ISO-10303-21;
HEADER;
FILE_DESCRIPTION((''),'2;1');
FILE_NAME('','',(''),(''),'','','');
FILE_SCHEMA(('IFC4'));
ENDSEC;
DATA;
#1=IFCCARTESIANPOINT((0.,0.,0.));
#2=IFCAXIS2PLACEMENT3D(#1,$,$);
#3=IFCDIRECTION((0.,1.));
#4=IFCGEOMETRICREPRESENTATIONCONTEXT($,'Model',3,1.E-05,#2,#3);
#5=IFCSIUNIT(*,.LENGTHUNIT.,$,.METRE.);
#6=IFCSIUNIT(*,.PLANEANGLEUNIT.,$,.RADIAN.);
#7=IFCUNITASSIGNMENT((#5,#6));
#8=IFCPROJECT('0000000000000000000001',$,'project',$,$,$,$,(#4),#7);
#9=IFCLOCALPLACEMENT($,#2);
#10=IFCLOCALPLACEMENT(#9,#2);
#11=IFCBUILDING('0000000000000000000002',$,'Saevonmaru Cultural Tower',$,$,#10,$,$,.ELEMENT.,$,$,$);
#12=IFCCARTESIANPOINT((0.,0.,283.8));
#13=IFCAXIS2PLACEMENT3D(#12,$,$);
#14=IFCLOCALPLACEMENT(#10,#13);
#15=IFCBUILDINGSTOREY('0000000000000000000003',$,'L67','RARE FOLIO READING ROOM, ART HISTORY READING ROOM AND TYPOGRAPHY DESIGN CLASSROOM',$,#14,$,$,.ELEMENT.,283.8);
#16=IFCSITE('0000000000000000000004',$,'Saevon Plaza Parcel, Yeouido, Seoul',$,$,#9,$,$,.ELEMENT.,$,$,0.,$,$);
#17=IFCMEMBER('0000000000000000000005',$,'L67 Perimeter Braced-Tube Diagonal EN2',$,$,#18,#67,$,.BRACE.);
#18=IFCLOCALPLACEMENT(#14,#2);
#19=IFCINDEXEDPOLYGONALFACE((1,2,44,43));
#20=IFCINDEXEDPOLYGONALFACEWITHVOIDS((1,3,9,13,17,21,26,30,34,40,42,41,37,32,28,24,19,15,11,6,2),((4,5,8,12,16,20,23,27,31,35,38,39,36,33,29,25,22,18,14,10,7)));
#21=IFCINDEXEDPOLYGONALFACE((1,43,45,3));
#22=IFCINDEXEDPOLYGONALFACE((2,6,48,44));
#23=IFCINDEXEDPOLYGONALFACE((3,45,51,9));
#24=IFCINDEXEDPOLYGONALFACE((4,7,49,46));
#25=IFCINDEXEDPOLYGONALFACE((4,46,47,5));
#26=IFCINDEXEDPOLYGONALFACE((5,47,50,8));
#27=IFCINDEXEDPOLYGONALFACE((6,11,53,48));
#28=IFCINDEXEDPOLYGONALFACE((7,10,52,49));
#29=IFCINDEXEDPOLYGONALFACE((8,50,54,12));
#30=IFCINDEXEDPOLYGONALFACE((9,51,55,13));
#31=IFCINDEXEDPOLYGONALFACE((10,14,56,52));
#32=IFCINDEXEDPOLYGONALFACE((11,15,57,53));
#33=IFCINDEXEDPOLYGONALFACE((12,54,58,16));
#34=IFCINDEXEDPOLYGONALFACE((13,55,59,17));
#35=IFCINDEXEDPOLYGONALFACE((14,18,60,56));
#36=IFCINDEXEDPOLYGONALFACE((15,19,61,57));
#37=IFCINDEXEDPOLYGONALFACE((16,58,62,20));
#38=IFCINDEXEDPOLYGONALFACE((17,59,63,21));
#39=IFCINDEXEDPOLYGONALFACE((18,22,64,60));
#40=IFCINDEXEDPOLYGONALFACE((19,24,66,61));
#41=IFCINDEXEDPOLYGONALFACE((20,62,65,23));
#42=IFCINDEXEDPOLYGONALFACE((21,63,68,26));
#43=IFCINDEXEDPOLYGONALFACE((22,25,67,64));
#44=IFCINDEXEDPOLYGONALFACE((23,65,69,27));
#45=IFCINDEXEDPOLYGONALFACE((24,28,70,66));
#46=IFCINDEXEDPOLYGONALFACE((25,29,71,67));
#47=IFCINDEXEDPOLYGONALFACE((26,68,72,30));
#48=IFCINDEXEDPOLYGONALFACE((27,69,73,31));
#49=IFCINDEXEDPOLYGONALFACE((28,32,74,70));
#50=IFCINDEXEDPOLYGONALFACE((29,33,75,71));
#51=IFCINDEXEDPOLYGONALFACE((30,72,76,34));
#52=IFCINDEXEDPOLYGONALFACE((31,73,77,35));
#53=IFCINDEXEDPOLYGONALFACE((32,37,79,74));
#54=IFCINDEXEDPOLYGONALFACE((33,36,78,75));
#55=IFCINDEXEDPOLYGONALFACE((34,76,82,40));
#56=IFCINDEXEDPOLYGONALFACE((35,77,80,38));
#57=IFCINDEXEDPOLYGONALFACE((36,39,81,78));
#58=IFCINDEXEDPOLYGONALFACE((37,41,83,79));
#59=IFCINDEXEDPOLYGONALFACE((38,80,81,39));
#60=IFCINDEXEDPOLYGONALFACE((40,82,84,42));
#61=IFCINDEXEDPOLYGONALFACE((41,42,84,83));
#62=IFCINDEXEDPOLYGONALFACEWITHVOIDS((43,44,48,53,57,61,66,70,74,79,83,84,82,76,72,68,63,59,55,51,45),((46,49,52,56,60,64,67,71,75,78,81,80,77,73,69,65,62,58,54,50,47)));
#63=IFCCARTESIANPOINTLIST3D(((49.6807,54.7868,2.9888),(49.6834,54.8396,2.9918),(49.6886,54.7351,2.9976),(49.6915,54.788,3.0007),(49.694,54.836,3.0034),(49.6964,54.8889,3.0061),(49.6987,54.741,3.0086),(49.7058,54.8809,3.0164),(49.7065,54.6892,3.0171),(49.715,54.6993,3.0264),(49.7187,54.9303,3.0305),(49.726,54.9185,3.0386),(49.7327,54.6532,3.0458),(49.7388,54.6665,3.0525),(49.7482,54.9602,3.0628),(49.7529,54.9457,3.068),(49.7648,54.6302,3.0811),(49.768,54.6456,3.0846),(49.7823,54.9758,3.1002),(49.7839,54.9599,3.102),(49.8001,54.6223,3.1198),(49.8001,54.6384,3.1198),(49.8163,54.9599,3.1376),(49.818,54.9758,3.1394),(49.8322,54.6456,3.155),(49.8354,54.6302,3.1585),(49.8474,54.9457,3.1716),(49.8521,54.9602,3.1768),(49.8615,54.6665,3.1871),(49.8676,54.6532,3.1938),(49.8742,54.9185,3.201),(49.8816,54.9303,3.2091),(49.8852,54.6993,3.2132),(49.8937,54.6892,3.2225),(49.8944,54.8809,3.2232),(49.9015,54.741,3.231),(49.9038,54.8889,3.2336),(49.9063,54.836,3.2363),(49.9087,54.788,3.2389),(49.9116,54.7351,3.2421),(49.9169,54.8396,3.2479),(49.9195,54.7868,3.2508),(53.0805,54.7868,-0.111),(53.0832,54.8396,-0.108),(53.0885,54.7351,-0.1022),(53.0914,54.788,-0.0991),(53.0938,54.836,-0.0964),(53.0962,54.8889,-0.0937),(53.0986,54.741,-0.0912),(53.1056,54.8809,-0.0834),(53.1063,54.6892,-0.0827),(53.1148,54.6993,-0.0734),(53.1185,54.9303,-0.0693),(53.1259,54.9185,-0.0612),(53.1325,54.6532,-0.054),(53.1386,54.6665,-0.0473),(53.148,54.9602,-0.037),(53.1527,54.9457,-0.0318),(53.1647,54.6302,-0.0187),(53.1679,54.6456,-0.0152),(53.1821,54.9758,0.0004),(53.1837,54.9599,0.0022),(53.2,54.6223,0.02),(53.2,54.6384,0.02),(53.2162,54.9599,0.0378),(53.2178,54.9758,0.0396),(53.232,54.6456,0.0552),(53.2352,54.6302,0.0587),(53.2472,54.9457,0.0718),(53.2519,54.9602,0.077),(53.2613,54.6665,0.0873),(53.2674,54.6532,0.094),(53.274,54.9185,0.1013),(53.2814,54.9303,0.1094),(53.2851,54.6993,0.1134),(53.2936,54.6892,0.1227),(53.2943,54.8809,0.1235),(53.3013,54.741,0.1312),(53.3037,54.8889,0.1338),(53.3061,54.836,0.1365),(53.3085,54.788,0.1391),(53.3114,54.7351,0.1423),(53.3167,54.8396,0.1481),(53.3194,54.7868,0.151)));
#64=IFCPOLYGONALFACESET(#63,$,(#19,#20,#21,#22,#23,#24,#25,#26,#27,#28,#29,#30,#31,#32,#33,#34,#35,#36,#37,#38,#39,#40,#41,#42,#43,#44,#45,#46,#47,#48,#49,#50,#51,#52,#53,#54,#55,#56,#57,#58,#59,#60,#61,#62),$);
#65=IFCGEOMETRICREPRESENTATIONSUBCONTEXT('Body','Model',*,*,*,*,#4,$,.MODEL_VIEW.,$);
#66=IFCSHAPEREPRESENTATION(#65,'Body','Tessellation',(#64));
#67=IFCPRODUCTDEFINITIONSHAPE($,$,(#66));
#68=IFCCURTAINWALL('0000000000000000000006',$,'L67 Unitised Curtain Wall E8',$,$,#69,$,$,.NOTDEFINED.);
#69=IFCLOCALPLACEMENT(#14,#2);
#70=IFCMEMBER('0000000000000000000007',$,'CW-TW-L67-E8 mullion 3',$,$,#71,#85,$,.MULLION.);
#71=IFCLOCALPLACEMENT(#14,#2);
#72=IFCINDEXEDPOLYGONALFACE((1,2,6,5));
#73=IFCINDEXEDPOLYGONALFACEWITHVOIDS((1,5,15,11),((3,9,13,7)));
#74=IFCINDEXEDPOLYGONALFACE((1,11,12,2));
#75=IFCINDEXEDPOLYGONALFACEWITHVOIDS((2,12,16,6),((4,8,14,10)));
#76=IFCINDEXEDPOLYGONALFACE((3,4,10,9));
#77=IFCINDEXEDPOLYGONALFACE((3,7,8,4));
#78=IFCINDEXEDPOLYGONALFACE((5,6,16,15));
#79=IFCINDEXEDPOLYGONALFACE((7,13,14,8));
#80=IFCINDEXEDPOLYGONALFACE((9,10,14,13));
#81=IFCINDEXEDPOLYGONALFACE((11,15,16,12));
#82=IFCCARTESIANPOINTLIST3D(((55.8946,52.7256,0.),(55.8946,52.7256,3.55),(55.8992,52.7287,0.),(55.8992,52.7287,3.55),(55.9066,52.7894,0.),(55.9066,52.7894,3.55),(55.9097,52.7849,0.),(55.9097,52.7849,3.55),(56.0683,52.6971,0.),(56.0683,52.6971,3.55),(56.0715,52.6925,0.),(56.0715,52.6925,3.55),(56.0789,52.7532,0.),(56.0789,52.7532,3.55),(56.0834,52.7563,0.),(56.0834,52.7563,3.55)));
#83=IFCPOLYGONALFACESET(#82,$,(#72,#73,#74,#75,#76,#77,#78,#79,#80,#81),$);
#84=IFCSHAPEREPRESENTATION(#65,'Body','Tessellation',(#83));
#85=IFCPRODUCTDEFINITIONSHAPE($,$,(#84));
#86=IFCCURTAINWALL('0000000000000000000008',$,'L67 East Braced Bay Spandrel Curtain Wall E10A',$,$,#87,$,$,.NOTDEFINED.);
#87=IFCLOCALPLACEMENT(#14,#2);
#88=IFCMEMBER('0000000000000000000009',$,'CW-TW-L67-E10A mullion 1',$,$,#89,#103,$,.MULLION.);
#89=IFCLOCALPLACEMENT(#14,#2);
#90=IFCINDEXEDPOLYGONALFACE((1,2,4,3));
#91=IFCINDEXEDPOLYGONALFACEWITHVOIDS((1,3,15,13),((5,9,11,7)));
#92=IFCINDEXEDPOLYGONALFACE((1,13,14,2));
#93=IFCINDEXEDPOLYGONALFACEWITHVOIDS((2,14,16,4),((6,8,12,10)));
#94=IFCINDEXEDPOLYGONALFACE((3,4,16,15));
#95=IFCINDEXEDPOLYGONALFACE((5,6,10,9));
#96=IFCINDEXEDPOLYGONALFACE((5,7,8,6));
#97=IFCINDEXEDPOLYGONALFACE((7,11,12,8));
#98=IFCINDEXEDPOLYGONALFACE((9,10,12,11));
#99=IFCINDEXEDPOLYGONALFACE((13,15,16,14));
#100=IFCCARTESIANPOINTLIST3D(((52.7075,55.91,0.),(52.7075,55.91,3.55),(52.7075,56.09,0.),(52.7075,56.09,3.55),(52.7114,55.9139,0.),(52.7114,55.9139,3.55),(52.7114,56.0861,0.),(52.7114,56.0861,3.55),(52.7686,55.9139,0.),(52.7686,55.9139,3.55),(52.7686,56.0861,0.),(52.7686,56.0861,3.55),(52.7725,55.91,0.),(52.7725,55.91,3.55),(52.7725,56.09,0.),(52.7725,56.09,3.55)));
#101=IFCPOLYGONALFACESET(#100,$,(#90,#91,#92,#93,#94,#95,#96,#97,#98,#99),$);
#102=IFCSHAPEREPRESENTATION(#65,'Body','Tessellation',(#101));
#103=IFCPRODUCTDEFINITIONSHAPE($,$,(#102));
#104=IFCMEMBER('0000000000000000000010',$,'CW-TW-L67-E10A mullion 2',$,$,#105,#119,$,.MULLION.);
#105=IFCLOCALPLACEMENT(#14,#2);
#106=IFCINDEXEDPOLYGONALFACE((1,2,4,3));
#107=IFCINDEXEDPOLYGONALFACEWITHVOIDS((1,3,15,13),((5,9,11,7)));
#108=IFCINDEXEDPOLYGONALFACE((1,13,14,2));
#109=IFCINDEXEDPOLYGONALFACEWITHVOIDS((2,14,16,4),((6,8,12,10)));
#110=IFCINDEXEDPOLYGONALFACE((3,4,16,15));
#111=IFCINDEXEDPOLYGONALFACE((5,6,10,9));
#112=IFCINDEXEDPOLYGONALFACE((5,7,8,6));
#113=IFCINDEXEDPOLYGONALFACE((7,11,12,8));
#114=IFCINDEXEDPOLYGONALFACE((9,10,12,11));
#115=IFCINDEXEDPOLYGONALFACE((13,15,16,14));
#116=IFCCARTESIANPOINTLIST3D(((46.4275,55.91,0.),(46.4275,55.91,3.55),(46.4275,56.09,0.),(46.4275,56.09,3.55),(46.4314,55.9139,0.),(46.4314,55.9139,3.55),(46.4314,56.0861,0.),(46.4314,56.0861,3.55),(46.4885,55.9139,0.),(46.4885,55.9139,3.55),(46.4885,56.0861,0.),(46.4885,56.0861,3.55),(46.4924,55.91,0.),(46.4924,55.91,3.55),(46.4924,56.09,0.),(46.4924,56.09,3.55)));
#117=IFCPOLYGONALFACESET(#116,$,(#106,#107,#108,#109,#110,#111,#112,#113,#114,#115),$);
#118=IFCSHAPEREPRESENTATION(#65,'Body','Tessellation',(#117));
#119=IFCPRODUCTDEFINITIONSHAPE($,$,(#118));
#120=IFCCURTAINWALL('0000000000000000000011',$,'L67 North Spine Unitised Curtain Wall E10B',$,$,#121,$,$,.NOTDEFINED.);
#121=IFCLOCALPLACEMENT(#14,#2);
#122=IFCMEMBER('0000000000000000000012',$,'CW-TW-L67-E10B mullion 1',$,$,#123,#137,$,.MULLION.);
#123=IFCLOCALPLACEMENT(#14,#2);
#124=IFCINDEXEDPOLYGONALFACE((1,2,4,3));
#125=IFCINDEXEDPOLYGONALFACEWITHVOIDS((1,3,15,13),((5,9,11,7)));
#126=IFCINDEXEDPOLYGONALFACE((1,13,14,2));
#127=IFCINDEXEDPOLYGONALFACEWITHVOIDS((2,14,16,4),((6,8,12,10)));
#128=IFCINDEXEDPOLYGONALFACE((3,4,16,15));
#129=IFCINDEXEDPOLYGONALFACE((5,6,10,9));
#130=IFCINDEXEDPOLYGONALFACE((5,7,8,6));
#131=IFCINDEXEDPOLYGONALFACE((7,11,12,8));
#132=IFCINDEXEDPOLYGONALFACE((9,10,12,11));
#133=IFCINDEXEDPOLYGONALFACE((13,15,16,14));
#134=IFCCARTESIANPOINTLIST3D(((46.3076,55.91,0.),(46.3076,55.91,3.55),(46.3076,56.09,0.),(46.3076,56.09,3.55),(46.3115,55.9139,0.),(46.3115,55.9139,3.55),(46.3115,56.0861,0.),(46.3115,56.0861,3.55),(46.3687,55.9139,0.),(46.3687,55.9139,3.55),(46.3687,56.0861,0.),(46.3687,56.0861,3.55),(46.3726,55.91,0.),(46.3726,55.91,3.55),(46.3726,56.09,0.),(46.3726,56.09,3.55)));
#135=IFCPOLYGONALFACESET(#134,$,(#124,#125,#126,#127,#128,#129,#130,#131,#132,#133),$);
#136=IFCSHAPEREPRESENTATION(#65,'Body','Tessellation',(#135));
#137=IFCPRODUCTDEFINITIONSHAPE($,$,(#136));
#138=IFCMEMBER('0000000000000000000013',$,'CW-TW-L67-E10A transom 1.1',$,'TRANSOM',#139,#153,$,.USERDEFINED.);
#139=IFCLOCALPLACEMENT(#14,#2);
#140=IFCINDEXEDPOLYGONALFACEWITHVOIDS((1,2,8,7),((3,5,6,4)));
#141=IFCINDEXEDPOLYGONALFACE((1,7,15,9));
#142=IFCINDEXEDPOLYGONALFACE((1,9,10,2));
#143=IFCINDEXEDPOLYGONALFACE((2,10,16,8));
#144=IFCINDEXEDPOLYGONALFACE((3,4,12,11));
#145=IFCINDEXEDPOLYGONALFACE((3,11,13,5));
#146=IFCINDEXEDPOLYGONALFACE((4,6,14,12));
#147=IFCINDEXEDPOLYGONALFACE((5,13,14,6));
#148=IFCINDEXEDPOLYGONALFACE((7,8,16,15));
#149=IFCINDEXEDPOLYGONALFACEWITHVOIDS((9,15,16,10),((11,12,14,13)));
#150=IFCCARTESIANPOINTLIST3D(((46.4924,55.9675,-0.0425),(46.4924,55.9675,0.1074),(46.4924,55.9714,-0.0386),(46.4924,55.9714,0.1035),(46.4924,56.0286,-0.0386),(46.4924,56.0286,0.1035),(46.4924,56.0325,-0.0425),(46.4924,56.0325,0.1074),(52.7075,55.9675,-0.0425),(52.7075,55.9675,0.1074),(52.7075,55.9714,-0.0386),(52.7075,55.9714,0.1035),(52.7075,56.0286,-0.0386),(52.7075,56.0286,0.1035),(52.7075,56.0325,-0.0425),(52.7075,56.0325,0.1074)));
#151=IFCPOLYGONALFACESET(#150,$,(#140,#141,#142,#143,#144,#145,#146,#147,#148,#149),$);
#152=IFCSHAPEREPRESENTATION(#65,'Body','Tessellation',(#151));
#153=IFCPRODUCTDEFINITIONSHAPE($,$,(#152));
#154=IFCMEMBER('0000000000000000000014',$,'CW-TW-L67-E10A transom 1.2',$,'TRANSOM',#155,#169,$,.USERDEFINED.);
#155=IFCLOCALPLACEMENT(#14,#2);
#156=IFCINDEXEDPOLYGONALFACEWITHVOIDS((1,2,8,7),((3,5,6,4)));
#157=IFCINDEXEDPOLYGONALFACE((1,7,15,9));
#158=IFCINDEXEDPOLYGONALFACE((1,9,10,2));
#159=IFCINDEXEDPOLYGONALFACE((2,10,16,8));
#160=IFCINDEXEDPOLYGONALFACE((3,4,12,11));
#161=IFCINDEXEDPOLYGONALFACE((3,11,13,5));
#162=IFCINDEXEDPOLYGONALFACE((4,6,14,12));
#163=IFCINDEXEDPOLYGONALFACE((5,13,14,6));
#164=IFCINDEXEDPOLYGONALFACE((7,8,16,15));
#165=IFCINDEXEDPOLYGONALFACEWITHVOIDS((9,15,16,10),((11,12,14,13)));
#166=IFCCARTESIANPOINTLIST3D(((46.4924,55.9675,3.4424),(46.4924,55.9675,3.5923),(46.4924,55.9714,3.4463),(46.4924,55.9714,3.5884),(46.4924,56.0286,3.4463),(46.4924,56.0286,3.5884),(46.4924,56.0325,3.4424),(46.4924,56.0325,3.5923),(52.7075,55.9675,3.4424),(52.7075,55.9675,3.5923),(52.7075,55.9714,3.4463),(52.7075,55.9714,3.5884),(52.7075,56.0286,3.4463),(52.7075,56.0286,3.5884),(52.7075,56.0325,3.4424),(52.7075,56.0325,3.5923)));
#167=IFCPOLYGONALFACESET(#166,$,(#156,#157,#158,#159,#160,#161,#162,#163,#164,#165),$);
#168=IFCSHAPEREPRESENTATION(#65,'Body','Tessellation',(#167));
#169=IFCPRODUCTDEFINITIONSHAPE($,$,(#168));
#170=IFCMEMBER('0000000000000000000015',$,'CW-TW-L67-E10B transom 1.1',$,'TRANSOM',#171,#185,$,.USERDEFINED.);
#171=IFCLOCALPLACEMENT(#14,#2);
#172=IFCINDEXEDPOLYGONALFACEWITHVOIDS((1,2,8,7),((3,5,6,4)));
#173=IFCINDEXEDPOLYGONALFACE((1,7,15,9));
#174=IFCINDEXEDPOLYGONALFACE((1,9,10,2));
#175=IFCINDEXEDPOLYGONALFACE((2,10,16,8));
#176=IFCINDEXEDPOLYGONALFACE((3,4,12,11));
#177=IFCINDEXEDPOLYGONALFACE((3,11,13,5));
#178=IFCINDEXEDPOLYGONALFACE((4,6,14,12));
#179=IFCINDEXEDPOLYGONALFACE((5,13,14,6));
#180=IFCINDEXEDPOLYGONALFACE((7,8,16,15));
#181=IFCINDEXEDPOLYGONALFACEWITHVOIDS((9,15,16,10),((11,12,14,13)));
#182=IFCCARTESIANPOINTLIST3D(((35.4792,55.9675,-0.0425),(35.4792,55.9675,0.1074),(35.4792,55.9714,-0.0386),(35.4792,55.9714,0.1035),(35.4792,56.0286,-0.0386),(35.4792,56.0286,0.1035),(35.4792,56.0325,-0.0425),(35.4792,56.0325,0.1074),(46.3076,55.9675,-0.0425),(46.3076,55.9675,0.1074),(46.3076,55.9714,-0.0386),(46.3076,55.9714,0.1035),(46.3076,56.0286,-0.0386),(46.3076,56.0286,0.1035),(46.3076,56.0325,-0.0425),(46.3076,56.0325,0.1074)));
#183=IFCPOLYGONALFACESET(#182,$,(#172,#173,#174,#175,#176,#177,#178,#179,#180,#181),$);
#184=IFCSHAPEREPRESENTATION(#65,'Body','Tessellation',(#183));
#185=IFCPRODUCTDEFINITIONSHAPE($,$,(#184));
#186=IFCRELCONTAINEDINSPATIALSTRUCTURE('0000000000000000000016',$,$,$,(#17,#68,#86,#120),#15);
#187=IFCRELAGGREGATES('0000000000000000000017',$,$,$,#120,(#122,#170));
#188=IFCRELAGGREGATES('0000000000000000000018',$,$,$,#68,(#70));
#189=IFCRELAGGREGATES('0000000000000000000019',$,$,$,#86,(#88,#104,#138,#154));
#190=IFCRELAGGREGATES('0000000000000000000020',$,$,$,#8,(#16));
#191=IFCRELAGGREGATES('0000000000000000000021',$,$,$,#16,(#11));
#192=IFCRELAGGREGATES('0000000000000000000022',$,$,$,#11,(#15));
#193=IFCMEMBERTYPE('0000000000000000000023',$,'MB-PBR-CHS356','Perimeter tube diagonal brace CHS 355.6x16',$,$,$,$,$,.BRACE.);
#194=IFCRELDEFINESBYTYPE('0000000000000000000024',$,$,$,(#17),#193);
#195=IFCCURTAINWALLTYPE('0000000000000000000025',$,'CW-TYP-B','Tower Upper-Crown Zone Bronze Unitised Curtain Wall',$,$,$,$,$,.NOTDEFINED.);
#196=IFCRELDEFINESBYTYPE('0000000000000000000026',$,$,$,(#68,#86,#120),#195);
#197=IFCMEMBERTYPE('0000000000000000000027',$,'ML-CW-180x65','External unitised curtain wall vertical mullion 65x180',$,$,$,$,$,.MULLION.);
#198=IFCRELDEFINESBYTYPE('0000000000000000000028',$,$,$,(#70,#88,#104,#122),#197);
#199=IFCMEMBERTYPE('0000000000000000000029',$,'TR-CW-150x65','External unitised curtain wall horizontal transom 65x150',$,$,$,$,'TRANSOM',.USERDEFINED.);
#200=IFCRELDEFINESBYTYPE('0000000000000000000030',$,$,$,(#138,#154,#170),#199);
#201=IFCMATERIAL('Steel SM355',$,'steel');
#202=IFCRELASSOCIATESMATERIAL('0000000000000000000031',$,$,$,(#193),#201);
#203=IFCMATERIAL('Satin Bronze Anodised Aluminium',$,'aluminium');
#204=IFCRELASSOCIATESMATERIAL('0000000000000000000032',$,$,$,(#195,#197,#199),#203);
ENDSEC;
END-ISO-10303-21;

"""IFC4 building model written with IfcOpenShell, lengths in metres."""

from ifc_helpers import new_model, si_unit, direction, frame, origin, origin_2d, place, context, subcontext, project, spatial, hollow_rectangle, hollow_circle, extrude, material, material_profile, profile_set, type_object, element, aggregate, save


model = new_model("IFC4")

# Units and contexts
model_context = context("Model", 3, precision=1e-05, world=origin(), true_north=direction((0.0, 1.0)))
body_context = subcontext(model_context, "Body", "Model", "MODEL_VIEW")
ifc_project = project(units=[si_unit("LENGTHUNIT", "METRE"), si_unit("PLANEANGLEUNIT", "RADIAN")], contexts=[model_context])

# Site, building, storey
site_placement = place(None, origin())
site = spatial("IfcSite", under=ifc_project, at=site_placement, Name="Saevon Plaza Parcel, Yeouido, Seoul", CompositionType="ELEMENT", RefElevation=0.0)
building_placement = place(site_placement, origin())
building = spatial("IfcBuilding", under=site, at=building_placement, Name="Saevonmaru Cultural Tower", CompositionType="ELEMENT")
storey_placement = place(building_placement, frame((0.0, 0.0, 283.8)))
storey = spatial("IfcBuildingStorey", under=building, at=storey_placement, Name="L67", Description="RARE FOLIO READING ROOM, ART HISTORY READING ROOM AND TYPOGRAPHY DESIGN CLASSROOM", CompositionType="ELEMENT", Elevation=283.8)

# Shared definitions
ifc_material_1 = material(Name="Steel SM355", Category="steel")

# Member
ifc_material_profile_1 = material_profile(ifc_material_1, hollow_circle(Radius=0.1777, WallThickness=0.0161, at=origin_2d()), Name="CHS-355.6x16")
ifc_profile_set_1 = profile_set([ifc_material_profile_1], Name="Steel SM355")
member_type_1 = type_object("IfcMemberType", Name="MB-PBR-CHS356", Description="Perimeter tube diagonal brace CHS 355.6x16", PredefinedType="BRACE", material=ifc_profile_set_1)
member_1_placement = place(storey_placement, frame((53.2, 54.8, 0.02), z_axis=(-0.738962, 0.0, 0.673747), x_axis=(0.0, -1.0, 0.0)))
element("IfcMember", 1, at=member_1_placement, inside=storey, type_object=member_type_1, Name="L67 Perimeter Braced-Tube Diagonal EN2", PredefinedType="BRACE", context=body_context, shape_type="SweptSolid", body=[
    extrude(hollow_circle(Radius=0.1777, WallThickness=0.0161, at=origin_2d()), origin(), (0.0, 0.0, 1.0), 4.6008),
])

# Curtain wall, member
ifc_material_2 = material(Name="Satin Bronze Anodised Aluminium", Category="aluminium")
curtain_wall_type = type_object("IfcCurtainWallType", Name="CW-TYP-B", Description="Tower Upper-Crown Zone Bronze Unitised Curtain Wall", PredefinedType="NOTDEFINED", material=ifc_material_2)
curtain_wall_1_placement = place(storey_placement, origin())
curtain_wall_1 = element("IfcCurtainWall", 2, at=curtain_wall_1_placement, inside=storey, type_object=curtain_wall_type, Name="L67 Unitised Curtain Wall E8", PredefinedType="NOTDEFINED")
ifc_material_profile_2 = material_profile(ifc_material_2, hollow_rectangle(XDim=0.0649, YDim=0.1799, WallThickness=0.0039, at=origin_2d()), Name="ALU-MULL-180x65x4")
ifc_profile_set_2 = profile_set([ifc_material_profile_2], Name="Satin Bronze Anodised Aluminium")
member_type_2 = type_object("IfcMemberType", Name="ML-CW-180x65", Description="External unitised curtain wall vertical mullion 65x180", PredefinedType="MULLION", material=ifc_profile_set_2)
member_2_placement = place(storey_placement, frame((55.989, 52.741, 0.0), z_axis=(0.0, 0.0, 1.0), x_axis=(0.184047, 0.982918, 0.0)))
member_2 = element("IfcMember", 3, at=member_2_placement, type_object=member_type_2, Name="CW-TW-L67-E8 mullion 3", PredefinedType="MULLION", context=body_context, shape_type="SweptSolid", body=[
    extrude(hollow_rectangle(XDim=0.0649, YDim=0.1799, WallThickness=0.0039, at=origin_2d()), origin(), (0.0, 0.0, 1.0), 3.55),
])

# Curtain wall, members
curtain_wall_2_placement = place(storey_placement, origin())
curtain_wall_2 = element("IfcCurtainWall", 4, at=curtain_wall_2_placement, inside=storey, type_object=curtain_wall_type, Name="L67 East Braced Bay Spandrel Curtain Wall E10A", PredefinedType="NOTDEFINED")
member_3_placement = place(storey_placement, frame((52.74, 56.0, 0.0), z_axis=(0.0, 0.0, 1.0), x_axis=(-1.0, 0.0, 0.0)))
member_3 = element("IfcMember", 5, at=member_3_placement, type_object=member_type_2, Name="CW-TW-L67-E10A mullion 1", PredefinedType="MULLION", context=body_context, shape_type="SweptSolid", body=[
    extrude(hollow_rectangle(XDim=0.0649, YDim=0.1799, WallThickness=0.0039, at=origin_2d()), origin(), (0.0, 0.0, 1.0), 3.55),
])
member_4_placement = place(storey_placement, frame((46.46, 56.0, 0.0), z_axis=(0.0, 0.0, 1.0), x_axis=(-1.0, 0.0, 0.0)))
member_4 = element("IfcMember", 6, at=member_4_placement, type_object=member_type_2, Name="CW-TW-L67-E10A mullion 2", PredefinedType="MULLION", context=body_context, shape_type="SweptSolid", body=[
    extrude(hollow_rectangle(XDim=0.0649, YDim=0.1799, WallThickness=0.0039, at=origin_2d()), origin(), (0.0, 0.0, 1.0), 3.55),
])

# Curtain wall, member
curtain_wall_3_placement = place(storey_placement, origin())
curtain_wall_3 = element("IfcCurtainWall", 7, at=curtain_wall_3_placement, inside=storey, type_object=curtain_wall_type, Name="L67 North Spine Unitised Curtain Wall E10B", PredefinedType="NOTDEFINED")
member_5_placement = place(storey_placement, frame((46.3401, 56.0, 0.0), z_axis=(0.0, 0.0, 1.0), x_axis=(-1.0, 0.0, 0.0)))
member_5 = element("IfcMember", 8, at=member_5_placement, type_object=member_type_2, Name="CW-TW-L67-E10B mullion 1", PredefinedType="MULLION", context=body_context, shape_type="SweptSolid", body=[
    extrude(hollow_rectangle(XDim=0.0649, YDim=0.1799, WallThickness=0.0039, at=origin_2d()), origin(), (0.0, 0.0, 1.0), 3.55),
])

# Members
ifc_material_profile_3 = material_profile(ifc_material_2, hollow_rectangle(XDim=0.0649, YDim=0.1499, WallThickness=0.0039, at=origin_2d()), Name="ALU-TRAN-150x65x4")
ifc_profile_set_3 = profile_set([ifc_material_profile_3], Name="Satin Bronze Anodised Aluminium")
member_type_3 = type_object("IfcMemberType", Name="TR-CW-150x65", Description="External unitised curtain wall horizontal transom 65x150", ElementType="TRANSOM", PredefinedType="USERDEFINED", material=ifc_profile_set_3)
member_6_placement = place(storey_placement, frame((52.7075, 56.0, 0.0325), z_axis=(-1.0, 0.0, 0.0), x_axis=(0.0, -1.0, 0.0)))
member_6 = element("IfcMember", 9, at=member_6_placement, type_object=member_type_3, Name="CW-TW-L67-E10A transom 1.1", ObjectType="TRANSOM", PredefinedType="USERDEFINED", context=body_context, shape_type="SweptSolid", body=[
    extrude(hollow_rectangle(XDim=0.0649, YDim=0.1499, WallThickness=0.0039, at=origin_2d()), origin(), (0.0, 0.0, 1.0), 6.2151),
])
member_7_placement = place(storey_placement, frame((52.7075, 56.0, 3.5173), z_axis=(-1.0, 0.0, 0.0), x_axis=(0.0, -1.0, 0.0)))
member_7 = element("IfcMember", 10, at=member_7_placement, type_object=member_type_3, Name="CW-TW-L67-E10A transom 1.2", ObjectType="TRANSOM", PredefinedType="USERDEFINED", context=body_context, shape_type="SweptSolid", body=[
    extrude(hollow_rectangle(XDim=0.0649, YDim=0.1499, WallThickness=0.0039, at=origin_2d()), origin(), (0.0, 0.0, 1.0), 6.2151),
])
member_8_placement = place(storey_placement, frame((46.3076, 56.0, 0.0325), z_axis=(-1.0, 0.0, 0.0), x_axis=(0.0, -1.0, 0.0)))
member_8 = element("IfcMember", 11, at=member_8_placement, type_object=member_type_3, Name="CW-TW-L67-E10B transom 1.1", ObjectType="TRANSOM", PredefinedType="USERDEFINED", context=body_context, shape_type="SweptSolid", body=[
    extrude(hollow_rectangle(XDim=0.0649, YDim=0.1499, WallThickness=0.0039, at=origin_2d()), origin(), (0.0, 0.0, 1.0), 10.8284),
])
aggregate(curtain_wall_3, [member_5, member_8])

aggregate(curtain_wall_1, [member_2])
aggregate(curtain_wall_2, [member_3, member_4, member_6, member_7])

save(model, "model.ifc")
